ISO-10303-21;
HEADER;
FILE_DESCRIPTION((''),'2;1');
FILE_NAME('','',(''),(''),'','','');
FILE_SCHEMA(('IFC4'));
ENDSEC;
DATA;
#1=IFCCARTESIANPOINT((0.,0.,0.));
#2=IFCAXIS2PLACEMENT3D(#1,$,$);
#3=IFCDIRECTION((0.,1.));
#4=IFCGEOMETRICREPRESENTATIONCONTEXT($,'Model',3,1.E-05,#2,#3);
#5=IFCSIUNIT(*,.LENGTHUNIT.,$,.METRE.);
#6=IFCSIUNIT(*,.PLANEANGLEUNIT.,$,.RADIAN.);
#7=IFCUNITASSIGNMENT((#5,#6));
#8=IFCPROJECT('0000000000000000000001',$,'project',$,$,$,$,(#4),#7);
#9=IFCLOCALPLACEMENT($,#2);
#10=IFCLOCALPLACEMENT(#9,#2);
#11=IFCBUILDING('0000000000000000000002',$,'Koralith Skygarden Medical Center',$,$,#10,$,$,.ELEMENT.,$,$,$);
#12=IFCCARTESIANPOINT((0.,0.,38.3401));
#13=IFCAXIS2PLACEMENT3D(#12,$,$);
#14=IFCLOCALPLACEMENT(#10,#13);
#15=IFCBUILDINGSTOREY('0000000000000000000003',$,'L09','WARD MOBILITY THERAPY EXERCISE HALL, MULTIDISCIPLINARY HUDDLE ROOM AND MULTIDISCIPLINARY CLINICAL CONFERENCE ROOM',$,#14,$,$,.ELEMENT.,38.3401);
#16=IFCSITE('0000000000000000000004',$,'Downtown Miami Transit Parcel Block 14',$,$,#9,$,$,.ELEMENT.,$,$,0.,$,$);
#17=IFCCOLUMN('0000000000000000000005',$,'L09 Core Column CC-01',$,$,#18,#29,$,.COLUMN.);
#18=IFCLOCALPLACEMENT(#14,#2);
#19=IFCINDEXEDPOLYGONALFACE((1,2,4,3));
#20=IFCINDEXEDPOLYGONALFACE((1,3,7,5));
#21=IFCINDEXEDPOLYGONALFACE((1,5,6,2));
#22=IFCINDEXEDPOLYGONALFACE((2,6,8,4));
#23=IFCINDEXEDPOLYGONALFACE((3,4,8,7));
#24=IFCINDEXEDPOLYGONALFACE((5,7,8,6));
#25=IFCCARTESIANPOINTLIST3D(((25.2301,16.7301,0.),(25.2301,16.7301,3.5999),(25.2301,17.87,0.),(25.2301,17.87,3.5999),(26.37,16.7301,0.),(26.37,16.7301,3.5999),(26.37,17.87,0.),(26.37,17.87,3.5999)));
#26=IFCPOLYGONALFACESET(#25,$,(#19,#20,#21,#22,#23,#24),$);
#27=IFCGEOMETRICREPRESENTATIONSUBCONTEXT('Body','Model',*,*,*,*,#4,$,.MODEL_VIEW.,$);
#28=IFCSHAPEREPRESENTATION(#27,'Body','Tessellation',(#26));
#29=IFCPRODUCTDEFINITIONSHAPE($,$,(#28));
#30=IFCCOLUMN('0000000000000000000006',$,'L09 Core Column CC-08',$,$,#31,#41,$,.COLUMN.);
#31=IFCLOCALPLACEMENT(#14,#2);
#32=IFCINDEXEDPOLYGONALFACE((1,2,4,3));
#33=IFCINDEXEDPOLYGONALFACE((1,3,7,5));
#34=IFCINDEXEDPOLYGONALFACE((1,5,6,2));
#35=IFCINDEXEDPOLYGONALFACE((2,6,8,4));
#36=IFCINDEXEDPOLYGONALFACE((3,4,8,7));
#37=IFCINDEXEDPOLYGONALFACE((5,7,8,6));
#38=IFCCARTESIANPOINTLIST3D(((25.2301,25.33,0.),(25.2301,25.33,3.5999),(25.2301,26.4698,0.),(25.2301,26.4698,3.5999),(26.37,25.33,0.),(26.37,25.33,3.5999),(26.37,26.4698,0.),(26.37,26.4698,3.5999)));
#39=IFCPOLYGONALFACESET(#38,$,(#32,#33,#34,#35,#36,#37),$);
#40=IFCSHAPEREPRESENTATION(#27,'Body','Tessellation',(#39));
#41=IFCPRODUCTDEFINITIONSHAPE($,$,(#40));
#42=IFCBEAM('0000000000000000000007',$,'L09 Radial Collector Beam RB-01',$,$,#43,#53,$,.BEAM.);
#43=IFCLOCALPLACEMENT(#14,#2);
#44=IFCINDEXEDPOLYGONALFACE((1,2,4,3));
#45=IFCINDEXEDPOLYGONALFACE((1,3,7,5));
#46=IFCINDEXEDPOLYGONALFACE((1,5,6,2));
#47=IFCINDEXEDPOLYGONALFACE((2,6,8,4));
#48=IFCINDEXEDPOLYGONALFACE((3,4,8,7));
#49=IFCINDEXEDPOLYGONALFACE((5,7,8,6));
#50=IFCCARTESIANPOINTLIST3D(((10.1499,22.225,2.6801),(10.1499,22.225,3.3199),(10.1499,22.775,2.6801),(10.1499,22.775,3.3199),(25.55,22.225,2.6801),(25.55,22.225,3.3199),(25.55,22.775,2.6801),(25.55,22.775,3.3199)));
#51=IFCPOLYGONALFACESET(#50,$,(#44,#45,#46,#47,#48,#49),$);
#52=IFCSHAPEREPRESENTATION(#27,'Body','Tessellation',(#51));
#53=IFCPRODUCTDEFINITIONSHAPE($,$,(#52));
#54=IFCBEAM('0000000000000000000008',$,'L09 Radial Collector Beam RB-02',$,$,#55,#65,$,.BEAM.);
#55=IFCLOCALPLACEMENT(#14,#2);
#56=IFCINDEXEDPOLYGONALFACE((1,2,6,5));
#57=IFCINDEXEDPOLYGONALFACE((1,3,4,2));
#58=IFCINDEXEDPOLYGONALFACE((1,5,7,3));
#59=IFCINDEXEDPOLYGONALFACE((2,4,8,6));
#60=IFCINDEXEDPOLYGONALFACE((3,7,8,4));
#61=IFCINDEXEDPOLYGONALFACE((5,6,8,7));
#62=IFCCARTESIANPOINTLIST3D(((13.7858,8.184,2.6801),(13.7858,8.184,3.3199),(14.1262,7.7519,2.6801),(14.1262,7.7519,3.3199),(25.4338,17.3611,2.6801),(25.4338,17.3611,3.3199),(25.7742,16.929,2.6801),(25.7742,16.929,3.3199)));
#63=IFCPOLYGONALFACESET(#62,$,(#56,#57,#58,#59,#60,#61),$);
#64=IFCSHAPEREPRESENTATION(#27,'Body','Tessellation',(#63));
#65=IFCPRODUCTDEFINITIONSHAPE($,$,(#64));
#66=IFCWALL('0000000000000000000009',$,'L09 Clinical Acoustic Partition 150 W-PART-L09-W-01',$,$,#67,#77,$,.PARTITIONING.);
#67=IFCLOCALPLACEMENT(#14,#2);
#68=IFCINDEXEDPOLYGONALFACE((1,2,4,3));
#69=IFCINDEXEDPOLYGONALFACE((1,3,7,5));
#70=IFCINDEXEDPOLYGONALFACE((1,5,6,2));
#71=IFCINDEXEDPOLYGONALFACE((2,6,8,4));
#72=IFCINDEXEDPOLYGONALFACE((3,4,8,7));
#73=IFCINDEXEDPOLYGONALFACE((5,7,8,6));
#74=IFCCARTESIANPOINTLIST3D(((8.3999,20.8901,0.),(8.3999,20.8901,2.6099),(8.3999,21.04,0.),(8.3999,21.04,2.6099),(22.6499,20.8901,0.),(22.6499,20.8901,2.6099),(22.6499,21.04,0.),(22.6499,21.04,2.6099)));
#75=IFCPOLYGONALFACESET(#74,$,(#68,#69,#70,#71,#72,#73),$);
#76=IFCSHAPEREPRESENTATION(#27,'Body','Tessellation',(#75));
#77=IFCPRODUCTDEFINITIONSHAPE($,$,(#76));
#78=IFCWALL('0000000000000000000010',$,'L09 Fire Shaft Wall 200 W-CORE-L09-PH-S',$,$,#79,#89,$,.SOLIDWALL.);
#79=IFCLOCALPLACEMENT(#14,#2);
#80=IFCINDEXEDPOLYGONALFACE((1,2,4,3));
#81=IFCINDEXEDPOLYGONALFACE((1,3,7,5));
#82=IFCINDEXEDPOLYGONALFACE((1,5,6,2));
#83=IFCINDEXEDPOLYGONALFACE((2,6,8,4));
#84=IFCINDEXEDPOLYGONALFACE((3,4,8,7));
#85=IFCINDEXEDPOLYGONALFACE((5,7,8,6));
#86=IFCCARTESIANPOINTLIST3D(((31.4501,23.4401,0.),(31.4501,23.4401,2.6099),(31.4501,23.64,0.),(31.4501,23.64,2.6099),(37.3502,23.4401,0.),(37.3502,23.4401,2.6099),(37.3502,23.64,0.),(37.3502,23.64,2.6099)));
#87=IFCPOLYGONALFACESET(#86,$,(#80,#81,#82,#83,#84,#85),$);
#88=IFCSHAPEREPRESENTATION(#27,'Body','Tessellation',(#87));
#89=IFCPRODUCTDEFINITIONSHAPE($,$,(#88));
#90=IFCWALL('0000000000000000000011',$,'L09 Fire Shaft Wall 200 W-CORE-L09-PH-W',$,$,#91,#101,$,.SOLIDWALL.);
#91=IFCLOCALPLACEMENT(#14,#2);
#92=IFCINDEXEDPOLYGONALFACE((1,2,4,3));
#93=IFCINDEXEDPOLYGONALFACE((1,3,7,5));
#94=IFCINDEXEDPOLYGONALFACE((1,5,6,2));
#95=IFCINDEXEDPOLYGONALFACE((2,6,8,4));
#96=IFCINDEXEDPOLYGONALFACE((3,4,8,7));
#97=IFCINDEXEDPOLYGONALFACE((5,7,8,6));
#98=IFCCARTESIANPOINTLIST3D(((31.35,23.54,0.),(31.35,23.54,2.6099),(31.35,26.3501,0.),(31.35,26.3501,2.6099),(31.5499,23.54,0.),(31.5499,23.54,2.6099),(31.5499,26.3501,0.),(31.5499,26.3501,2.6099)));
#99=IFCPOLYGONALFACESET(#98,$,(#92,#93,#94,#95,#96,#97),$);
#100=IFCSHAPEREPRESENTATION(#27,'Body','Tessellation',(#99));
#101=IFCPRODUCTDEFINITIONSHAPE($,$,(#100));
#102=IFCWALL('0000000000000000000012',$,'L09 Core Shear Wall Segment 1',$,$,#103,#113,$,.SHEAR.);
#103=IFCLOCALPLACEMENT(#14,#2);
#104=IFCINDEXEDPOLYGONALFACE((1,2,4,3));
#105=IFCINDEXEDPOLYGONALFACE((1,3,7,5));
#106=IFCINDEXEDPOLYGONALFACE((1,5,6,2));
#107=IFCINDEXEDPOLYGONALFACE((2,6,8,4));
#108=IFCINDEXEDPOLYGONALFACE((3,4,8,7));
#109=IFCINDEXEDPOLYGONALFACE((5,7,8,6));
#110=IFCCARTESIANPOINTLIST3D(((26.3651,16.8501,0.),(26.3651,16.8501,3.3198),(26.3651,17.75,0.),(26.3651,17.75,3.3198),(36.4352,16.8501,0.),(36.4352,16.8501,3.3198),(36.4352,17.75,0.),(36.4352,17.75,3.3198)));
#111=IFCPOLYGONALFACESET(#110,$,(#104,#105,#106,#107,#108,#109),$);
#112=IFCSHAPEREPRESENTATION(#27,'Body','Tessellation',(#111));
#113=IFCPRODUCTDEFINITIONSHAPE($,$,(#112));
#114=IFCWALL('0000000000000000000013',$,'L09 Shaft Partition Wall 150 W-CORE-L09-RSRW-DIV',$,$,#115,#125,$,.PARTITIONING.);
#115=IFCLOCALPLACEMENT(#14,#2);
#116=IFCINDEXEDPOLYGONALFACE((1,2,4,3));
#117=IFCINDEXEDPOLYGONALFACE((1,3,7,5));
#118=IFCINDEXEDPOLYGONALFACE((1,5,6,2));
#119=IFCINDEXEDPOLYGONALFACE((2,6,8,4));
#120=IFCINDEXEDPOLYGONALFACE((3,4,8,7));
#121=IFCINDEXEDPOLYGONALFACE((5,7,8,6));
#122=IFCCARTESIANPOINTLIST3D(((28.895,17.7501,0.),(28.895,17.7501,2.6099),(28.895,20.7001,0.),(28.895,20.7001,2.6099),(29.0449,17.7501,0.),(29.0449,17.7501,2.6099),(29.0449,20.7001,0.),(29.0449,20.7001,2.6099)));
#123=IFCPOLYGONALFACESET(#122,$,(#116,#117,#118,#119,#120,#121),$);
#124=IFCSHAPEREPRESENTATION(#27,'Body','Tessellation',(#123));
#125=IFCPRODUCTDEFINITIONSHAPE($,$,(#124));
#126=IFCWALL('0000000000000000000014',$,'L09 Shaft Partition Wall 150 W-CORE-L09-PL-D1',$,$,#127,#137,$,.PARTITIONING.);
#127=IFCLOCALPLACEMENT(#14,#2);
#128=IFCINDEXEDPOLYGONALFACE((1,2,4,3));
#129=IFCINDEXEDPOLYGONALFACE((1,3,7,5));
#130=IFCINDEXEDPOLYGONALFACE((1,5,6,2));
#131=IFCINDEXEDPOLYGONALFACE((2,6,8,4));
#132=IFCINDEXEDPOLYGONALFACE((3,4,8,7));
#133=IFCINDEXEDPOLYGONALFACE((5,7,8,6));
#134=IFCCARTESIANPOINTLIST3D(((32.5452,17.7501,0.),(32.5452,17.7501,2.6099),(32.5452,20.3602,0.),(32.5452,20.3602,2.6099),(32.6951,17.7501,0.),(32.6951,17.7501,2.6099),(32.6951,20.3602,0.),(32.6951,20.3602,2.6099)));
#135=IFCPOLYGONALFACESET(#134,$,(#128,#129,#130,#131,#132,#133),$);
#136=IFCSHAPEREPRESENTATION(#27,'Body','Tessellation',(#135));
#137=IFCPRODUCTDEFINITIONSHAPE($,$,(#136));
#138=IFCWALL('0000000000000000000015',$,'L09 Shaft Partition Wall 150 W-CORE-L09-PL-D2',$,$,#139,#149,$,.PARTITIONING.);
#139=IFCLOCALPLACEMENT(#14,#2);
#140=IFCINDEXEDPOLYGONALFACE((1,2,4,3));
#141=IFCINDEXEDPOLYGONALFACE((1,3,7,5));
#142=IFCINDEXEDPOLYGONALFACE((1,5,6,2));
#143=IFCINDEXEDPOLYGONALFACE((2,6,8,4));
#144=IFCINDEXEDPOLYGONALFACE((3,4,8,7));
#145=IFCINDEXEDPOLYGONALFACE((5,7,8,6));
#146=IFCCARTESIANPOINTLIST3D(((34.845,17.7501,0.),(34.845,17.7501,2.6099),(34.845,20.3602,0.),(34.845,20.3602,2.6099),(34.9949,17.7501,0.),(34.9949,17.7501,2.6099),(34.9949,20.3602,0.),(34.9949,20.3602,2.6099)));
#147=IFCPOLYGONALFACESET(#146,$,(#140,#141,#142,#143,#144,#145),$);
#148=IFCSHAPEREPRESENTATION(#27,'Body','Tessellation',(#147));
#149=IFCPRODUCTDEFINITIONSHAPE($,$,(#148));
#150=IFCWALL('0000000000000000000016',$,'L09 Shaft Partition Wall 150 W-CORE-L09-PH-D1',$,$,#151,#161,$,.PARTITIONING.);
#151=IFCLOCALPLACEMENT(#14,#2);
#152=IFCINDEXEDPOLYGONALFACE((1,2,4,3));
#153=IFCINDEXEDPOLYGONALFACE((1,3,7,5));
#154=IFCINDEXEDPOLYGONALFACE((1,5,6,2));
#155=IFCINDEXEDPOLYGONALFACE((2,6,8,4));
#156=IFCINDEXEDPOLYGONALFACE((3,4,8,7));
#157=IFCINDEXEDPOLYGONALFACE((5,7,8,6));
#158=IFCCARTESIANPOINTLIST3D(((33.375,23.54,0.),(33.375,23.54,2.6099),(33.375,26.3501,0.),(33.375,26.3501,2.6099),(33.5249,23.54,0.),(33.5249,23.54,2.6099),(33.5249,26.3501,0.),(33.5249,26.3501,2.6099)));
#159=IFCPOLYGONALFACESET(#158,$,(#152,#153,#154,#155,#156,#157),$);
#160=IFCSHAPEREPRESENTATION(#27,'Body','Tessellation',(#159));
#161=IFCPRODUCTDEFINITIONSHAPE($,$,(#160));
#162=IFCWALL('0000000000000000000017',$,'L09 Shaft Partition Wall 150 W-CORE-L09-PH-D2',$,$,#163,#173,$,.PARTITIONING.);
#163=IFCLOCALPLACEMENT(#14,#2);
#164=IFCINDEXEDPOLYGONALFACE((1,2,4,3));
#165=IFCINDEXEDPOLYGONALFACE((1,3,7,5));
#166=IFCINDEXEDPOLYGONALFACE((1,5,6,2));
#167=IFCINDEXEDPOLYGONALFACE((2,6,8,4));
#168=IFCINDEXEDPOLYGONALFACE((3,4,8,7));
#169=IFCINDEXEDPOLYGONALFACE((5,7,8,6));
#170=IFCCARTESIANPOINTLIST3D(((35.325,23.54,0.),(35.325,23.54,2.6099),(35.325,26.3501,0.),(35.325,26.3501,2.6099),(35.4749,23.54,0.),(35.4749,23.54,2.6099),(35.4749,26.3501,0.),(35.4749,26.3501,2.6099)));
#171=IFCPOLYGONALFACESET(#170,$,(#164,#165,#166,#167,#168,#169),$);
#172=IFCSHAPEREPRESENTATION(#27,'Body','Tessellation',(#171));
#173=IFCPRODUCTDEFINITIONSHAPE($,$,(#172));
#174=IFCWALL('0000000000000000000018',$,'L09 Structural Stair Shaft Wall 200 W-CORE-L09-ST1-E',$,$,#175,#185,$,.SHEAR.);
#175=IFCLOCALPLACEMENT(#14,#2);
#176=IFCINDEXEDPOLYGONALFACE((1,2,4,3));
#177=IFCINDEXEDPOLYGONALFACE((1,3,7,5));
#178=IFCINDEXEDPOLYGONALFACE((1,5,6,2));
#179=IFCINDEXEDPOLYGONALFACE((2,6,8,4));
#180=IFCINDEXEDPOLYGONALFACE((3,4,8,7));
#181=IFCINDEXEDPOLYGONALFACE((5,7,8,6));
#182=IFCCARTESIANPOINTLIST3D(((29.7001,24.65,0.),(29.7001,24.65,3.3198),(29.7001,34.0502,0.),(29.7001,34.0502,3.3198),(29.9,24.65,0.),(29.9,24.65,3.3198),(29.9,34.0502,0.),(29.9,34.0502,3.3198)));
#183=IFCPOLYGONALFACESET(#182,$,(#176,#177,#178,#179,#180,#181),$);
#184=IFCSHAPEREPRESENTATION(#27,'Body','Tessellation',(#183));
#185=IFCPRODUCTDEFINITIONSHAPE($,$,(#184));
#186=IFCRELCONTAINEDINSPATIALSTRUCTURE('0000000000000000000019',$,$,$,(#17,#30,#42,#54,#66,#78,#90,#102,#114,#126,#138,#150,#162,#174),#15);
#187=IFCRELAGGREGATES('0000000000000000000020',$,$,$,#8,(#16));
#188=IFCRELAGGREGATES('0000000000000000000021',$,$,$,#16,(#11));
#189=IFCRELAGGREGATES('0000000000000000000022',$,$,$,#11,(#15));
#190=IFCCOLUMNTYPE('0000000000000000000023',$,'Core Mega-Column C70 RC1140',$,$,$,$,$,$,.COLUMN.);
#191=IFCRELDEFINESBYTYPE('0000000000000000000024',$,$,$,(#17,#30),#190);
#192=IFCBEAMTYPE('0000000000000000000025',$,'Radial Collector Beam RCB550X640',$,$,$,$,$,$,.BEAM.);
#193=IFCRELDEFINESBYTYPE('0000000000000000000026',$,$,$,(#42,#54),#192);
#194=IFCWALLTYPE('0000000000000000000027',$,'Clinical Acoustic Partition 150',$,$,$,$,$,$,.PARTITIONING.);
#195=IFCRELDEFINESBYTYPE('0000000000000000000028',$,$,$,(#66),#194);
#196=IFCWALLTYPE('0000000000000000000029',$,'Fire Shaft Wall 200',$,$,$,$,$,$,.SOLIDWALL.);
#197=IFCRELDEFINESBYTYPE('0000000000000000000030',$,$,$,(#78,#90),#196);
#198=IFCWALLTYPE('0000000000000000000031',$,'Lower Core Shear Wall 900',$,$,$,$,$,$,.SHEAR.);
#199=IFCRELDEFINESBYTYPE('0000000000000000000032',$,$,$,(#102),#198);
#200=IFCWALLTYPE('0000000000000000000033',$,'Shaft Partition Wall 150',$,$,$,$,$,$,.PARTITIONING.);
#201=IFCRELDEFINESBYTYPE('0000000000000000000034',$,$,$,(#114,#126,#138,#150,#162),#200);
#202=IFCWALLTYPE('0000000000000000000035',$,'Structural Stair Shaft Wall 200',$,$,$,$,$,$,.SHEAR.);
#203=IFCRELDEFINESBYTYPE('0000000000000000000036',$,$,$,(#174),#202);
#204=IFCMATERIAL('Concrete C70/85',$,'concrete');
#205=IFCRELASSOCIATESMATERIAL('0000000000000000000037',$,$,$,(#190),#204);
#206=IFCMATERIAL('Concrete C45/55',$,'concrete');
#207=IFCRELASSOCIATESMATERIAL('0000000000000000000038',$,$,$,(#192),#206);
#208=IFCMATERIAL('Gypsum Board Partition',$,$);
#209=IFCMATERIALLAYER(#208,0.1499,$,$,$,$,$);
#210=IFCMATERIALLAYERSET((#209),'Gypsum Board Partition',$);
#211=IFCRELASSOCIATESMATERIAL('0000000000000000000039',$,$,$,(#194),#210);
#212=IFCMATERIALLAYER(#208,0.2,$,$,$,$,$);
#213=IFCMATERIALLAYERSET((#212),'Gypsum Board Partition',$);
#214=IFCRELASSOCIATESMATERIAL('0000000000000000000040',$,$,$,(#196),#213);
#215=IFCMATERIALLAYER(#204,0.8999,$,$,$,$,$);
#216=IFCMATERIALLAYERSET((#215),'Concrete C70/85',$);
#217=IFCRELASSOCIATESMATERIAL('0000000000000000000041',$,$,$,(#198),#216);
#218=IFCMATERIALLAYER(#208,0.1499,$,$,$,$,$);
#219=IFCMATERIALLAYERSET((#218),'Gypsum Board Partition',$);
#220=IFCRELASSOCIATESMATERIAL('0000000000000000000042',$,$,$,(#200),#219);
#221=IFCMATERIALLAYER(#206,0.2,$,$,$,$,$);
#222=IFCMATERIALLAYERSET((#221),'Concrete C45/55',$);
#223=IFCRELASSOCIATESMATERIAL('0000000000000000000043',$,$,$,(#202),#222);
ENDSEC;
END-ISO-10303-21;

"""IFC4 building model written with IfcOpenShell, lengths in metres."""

from ifc_helpers import new_model, si_unit, direction, frame, frame_2d, origin, origin_2d, place, context, subcontext, project, spatial, rectangle, extrude, material, layer, layer_set, material_profile, profile_set, type_object, element, save


model = new_model("IFC4")

# Units and contexts
model_context = context("Model", 3, precision=1e-05, world=origin(), true_north=direction((0.0, 1.0)))
body_context = subcontext(model_context, "Body", "Model", "MODEL_VIEW")
ifc_project = project(units=[si_unit("LENGTHUNIT", "METRE"), si_unit("PLANEANGLEUNIT", "RADIAN")], contexts=[model_context])

# Site, building, storey
site_placement = place(None, origin())
site = spatial("IfcSite", under=ifc_project, at=site_placement, Name="Downtown Miami Transit Parcel Block 14", CompositionType="ELEMENT", RefElevation=0.0)
building_placement = place(site_placement, origin())
building = spatial("IfcBuilding", under=site, at=building_placement, Name="Koralith Skygarden Medical Center", CompositionType="ELEMENT")
storey_placement = place(building_placement, frame((0.0, 0.0, 38.3401)))
storey = spatial("IfcBuildingStorey", under=building, at=storey_placement, Name="L09", Description="WARD MOBILITY THERAPY EXERCISE HALL, MULTIDISCIPLINARY HUDDLE ROOM AND MULTIDISCIPLINARY CLINICAL CONFERENCE ROOM", CompositionType="ELEMENT", Elevation=38.3401)

# Columns
ifc_material_1 = material(Name="Concrete C70/85", Category="concrete")
ifc_material_profile_1 = material_profile(ifc_material_1, rectangle(XDim=1.1399, YDim=1.1399, at=origin_2d()), Name="RC1140X1140")
ifc_profile_set_1 = profile_set([ifc_material_profile_1], Name="Concrete C70/85")
column_type = type_object("IfcColumnType", Name="Core Mega-Column C70 RC1140", PredefinedType="COLUMN", material=ifc_profile_set_1)
for number, where, z_axis, x_axis, name in (
    (1, (25.8, 17.3, 0.0), (0.0, 0.0, 1.0), (1.0, 0.0, 0.0), "L09 Core Column CC-01"),
    (2, (25.8, 25.8999, 0.0), (0.0, 0.0, 1.0), (1.0, 0.0, 0.0), "L09 Core Column CC-08"),
):
    element("IfcColumn", number, at=place(storey_placement, frame(where, z_axis=z_axis, x_axis=x_axis)), inside=storey, type_object=column_type, Name=name, PredefinedType="COLUMN", context=body_context, shape_type="SweptSolid", body=[
        extrude(rectangle(XDim=1.1399, YDim=1.1399, at=origin_2d()), origin(), (0.0, 0.0, 1.0), 3.5999),
    ])

# Beams
ifc_material_2 = material(Name="Concrete C45/55", Category="concrete")
ifc_material_profile_2 = material_profile(ifc_material_2, rectangle(XDim=0.55, YDim=0.6399, at=origin_2d()), Name="RCB550X640")
ifc_profile_set_2 = profile_set([ifc_material_profile_2], Name="Concrete C45/55")
beam_type = type_object("IfcBeamType", Name="Radial Collector Beam RCB550X640", PredefinedType="BEAM", material=ifc_profile_set_2)
beam_1_placement = place(storey_placement, frame((25.55, 22.5, 3.0), z_axis=(-1.0, 0.0, 0.0), x_axis=(0.0, -1.0, 0.0)))
element("IfcBeam", 3, at=beam_1_placement, inside=storey, type_object=beam_type, Name="L09 Radial Collector Beam RB-01", PredefinedType="BEAM", context=body_context, shape_type="SweptSolid", body=[
    extrude(rectangle(XDim=0.55, YDim=0.6399, at=origin_2d()), origin(), (0.0, 0.0, 1.0), 15.4001),
])
beam_2_placement = place(storey_placement, frame((25.604, 17.145, 3.0), z_axis=(-0.785497, -0.618865, 0.0), x_axis=(0.618865, -0.785497, 0.0)))
element("IfcBeam", 4, at=beam_2_placement, inside=storey, type_object=beam_type, Name="L09 Radial Collector Beam RB-02", PredefinedType="BEAM", context=body_context, shape_type="SweptSolid", body=[
    extrude(rectangle(XDim=0.55, YDim=0.6399, at=origin_2d()), origin(), (0.0, 0.0, 1.0), 14.8289),
])

# Wall
ifc_material_3 = material(Name="Gypsum Board Partition")
ifc_layer_1 = layer(ifc_material_3, 0.1499)
ifc_layer_set_1 = layer_set([ifc_layer_1], Name="Gypsum Board Partition")
wall_type_1 = type_object("IfcWallType", Name="Clinical Acoustic Partition 150", PredefinedType="PARTITIONING", material=ifc_layer_set_1)
wall_1_placement = place(storey_placement, frame((22.6499, 20.9651, 0.0), z_axis=(0.0, 0.0, 1.0), x_axis=(-1.0, 0.0, 0.0)))
element("IfcWall", 5, at=wall_1_placement, inside=storey, type_object=wall_type_1, Name="L09 Clinical Acoustic Partition 150 W-PART-L09-W-01", PredefinedType="PARTITIONING", context=body_context, shape_type="SweptSolid", body=[
    extrude(rectangle(XDim=14.25, YDim=0.1499, at=frame_2d((7.125, 0.0))), origin(), (0.0, 0.0, 1.0), 2.6099),
])

# Shared definitions
ifc_layer_2 = layer(ifc_material_3, 0.2)
ifc_layer_set_2 = layer_set([ifc_layer_2], Name="Gypsum Board Partition")
wall_type_2 = type_object("IfcWallType", Name="Fire Shaft Wall 200", PredefinedType="SOLIDWALL", material=ifc_layer_set_2)

# Walls
wall_2_placement = place(storey_placement, frame((31.45, 23.54, 0.0), z_axis=(0.0, 0.0, 1.0), x_axis=(1.0, 0.0, 0.0)))
element("IfcWall", 6, at=wall_2_placement, inside=storey, type_object=wall_type_2, Name="L09 Fire Shaft Wall 200 W-CORE-L09-PH-S", PredefinedType="SOLIDWALL", context=body_context, shape_type="SweptSolid", body=[
    extrude(rectangle(XDim=5.9001, YDim=0.2, at=frame_2d((2.9502, 0.0))), origin(), (0.0, 0.0, 1.0), 2.6099),
])
wall_3_placement = place(storey_placement, frame((31.45, 23.54, 0.0), z_axis=(0.0, 0.0, 1.0), x_axis=(0.0, 1.0, 0.0)))
element("IfcWall", 7, at=wall_3_placement, inside=storey, type_object=wall_type_2, Name="L09 Fire Shaft Wall 200 W-CORE-L09-PH-W", PredefinedType="SOLIDWALL", context=body_context, shape_type="SweptSolid", body=[
    extrude(rectangle(XDim=2.8101, YDim=0.2, at=frame_2d((1.405, 0.0))), origin(), (0.0, 0.0, 1.0), 2.6099),
])
ifc_layer_3 = layer(ifc_material_1, 0.8999)
ifc_layer_set_3 = layer_set([ifc_layer_3], Name="Concrete C70/85")
wall_type_3 = type_object("IfcWallType", Name="Lower Core Shear Wall 900", PredefinedType="SHEAR", material=ifc_layer_set_3)
wall_4_placement = place(storey_placement, frame((26.365, 17.3, 0.0), z_axis=(0.0, 0.0, 1.0), x_axis=(1.0, 0.0, 0.0)))
element("IfcWall", 8, at=wall_4_placement, inside=storey, type_object=wall_type_3, Name="L09 Core Shear Wall Segment 1", PredefinedType="SHEAR", context=body_context, shape_type="SweptSolid", body=[
    extrude(rectangle(XDim=10.0701, YDim=0.8999, at=frame_2d((5.0352, 0.0))), origin(), (0.0, 0.0, 1.0), 3.3198),
])

# Walls
ifc_layer_4 = layer(ifc_material_3, 0.1499)
ifc_layer_set_4 = layer_set([ifc_layer_4], Name="Gypsum Board Partition")
wall_type_4 = type_object("IfcWallType", Name="Shaft Partition Wall 150", PredefinedType="PARTITIONING", material=ifc_layer_set_4)
wall_5_placement = place(storey_placement, frame((28.97, 17.75, 0.0), z_axis=(0.0, 0.0, 1.0), x_axis=(0.0, 1.0, 0.0)))
element("IfcWall", 9, at=wall_5_placement, inside=storey, type_object=wall_type_4, Name="L09 Shaft Partition Wall 150 W-CORE-L09-RSRW-DIV", PredefinedType="PARTITIONING", context=body_context, shape_type="SweptSolid", body=[
    extrude(rectangle(XDim=2.95, YDim=0.1499, at=frame_2d((1.4751, 0.0))), origin(), (0.0, 0.0, 1.0), 2.6099),
])
for number, where, z_axis, x_axis, name in (
    (10, (32.6201, 17.75, 0.0), (0.0, 0.0, 1.0), (0.0, 1.0, 0.0), "L09 Shaft Partition Wall 150 W-CORE-L09-PL-D1"),
    (11, (34.9199, 17.75, 0.0), (0.0, 0.0, 1.0), (0.0, 1.0, 0.0), "L09 Shaft Partition Wall 150 W-CORE-L09-PL-D2"),
):
    element("IfcWall", number, at=place(storey_placement, frame(where, z_axis=z_axis, x_axis=x_axis)), inside=storey, type_object=wall_type_4, Name=name, PredefinedType="PARTITIONING", context=body_context, shape_type="SweptSolid", body=[
        extrude(rectangle(XDim=2.6101, YDim=0.1499, at=frame_2d((1.3052, 0.0))), origin(), (0.0, 0.0, 1.0), 2.6099),
    ])
for number, where, z_axis, x_axis, name in (
    (12, (33.45, 23.54, 0.0), (0.0, 0.0, 1.0), (0.0, 1.0, 0.0), "L09 Shaft Partition Wall 150 W-CORE-L09-PH-D1"),
    (13, (35.3999, 23.54, 0.0), (0.0, 0.0, 1.0), (0.0, 1.0, 0.0), "L09 Shaft Partition Wall 150 W-CORE-L09-PH-D2"),
):
    element("IfcWall", number, at=place(storey_placement, frame(where, z_axis=z_axis, x_axis=x_axis)), inside=storey, type_object=wall_type_4, Name=name, PredefinedType="PARTITIONING", context=body_context, shape_type="SweptSolid", body=[
        extrude(rectangle(XDim=2.8101, YDim=0.1499, at=frame_2d((1.405, 0.0))), origin(), (0.0, 0.0, 1.0), 2.6099),
    ])
ifc_layer_5 = layer(ifc_material_2, 0.2)
ifc_layer_set_5 = layer_set([ifc_layer_5], Name="Concrete C45/55")
wall_type_5 = type_object("IfcWallType", Name="Structural Stair Shaft Wall 200", PredefinedType="SHEAR", material=ifc_layer_set_5)
wall_6_placement = place(storey_placement, frame((29.8, 24.6499, 0.0), z_axis=(0.0, 0.0, 1.0), x_axis=(0.0, 1.0, 0.0)))
element("IfcWall", 14, at=wall_6_placement, inside=storey, type_object=wall_type_5, Name="L09 Structural Stair Shaft Wall 200 W-CORE-L09-ST1-E", PredefinedType="SHEAR", context=body_context, shape_type="SweptSolid", body=[
    extrude(rectangle(XDim=9.4001, YDim=0.2, at=frame_2d((4.7002, 0.0))), origin(), (0.0, 0.0, 1.0), 3.3198),
])

save(model, "model.ifc")
